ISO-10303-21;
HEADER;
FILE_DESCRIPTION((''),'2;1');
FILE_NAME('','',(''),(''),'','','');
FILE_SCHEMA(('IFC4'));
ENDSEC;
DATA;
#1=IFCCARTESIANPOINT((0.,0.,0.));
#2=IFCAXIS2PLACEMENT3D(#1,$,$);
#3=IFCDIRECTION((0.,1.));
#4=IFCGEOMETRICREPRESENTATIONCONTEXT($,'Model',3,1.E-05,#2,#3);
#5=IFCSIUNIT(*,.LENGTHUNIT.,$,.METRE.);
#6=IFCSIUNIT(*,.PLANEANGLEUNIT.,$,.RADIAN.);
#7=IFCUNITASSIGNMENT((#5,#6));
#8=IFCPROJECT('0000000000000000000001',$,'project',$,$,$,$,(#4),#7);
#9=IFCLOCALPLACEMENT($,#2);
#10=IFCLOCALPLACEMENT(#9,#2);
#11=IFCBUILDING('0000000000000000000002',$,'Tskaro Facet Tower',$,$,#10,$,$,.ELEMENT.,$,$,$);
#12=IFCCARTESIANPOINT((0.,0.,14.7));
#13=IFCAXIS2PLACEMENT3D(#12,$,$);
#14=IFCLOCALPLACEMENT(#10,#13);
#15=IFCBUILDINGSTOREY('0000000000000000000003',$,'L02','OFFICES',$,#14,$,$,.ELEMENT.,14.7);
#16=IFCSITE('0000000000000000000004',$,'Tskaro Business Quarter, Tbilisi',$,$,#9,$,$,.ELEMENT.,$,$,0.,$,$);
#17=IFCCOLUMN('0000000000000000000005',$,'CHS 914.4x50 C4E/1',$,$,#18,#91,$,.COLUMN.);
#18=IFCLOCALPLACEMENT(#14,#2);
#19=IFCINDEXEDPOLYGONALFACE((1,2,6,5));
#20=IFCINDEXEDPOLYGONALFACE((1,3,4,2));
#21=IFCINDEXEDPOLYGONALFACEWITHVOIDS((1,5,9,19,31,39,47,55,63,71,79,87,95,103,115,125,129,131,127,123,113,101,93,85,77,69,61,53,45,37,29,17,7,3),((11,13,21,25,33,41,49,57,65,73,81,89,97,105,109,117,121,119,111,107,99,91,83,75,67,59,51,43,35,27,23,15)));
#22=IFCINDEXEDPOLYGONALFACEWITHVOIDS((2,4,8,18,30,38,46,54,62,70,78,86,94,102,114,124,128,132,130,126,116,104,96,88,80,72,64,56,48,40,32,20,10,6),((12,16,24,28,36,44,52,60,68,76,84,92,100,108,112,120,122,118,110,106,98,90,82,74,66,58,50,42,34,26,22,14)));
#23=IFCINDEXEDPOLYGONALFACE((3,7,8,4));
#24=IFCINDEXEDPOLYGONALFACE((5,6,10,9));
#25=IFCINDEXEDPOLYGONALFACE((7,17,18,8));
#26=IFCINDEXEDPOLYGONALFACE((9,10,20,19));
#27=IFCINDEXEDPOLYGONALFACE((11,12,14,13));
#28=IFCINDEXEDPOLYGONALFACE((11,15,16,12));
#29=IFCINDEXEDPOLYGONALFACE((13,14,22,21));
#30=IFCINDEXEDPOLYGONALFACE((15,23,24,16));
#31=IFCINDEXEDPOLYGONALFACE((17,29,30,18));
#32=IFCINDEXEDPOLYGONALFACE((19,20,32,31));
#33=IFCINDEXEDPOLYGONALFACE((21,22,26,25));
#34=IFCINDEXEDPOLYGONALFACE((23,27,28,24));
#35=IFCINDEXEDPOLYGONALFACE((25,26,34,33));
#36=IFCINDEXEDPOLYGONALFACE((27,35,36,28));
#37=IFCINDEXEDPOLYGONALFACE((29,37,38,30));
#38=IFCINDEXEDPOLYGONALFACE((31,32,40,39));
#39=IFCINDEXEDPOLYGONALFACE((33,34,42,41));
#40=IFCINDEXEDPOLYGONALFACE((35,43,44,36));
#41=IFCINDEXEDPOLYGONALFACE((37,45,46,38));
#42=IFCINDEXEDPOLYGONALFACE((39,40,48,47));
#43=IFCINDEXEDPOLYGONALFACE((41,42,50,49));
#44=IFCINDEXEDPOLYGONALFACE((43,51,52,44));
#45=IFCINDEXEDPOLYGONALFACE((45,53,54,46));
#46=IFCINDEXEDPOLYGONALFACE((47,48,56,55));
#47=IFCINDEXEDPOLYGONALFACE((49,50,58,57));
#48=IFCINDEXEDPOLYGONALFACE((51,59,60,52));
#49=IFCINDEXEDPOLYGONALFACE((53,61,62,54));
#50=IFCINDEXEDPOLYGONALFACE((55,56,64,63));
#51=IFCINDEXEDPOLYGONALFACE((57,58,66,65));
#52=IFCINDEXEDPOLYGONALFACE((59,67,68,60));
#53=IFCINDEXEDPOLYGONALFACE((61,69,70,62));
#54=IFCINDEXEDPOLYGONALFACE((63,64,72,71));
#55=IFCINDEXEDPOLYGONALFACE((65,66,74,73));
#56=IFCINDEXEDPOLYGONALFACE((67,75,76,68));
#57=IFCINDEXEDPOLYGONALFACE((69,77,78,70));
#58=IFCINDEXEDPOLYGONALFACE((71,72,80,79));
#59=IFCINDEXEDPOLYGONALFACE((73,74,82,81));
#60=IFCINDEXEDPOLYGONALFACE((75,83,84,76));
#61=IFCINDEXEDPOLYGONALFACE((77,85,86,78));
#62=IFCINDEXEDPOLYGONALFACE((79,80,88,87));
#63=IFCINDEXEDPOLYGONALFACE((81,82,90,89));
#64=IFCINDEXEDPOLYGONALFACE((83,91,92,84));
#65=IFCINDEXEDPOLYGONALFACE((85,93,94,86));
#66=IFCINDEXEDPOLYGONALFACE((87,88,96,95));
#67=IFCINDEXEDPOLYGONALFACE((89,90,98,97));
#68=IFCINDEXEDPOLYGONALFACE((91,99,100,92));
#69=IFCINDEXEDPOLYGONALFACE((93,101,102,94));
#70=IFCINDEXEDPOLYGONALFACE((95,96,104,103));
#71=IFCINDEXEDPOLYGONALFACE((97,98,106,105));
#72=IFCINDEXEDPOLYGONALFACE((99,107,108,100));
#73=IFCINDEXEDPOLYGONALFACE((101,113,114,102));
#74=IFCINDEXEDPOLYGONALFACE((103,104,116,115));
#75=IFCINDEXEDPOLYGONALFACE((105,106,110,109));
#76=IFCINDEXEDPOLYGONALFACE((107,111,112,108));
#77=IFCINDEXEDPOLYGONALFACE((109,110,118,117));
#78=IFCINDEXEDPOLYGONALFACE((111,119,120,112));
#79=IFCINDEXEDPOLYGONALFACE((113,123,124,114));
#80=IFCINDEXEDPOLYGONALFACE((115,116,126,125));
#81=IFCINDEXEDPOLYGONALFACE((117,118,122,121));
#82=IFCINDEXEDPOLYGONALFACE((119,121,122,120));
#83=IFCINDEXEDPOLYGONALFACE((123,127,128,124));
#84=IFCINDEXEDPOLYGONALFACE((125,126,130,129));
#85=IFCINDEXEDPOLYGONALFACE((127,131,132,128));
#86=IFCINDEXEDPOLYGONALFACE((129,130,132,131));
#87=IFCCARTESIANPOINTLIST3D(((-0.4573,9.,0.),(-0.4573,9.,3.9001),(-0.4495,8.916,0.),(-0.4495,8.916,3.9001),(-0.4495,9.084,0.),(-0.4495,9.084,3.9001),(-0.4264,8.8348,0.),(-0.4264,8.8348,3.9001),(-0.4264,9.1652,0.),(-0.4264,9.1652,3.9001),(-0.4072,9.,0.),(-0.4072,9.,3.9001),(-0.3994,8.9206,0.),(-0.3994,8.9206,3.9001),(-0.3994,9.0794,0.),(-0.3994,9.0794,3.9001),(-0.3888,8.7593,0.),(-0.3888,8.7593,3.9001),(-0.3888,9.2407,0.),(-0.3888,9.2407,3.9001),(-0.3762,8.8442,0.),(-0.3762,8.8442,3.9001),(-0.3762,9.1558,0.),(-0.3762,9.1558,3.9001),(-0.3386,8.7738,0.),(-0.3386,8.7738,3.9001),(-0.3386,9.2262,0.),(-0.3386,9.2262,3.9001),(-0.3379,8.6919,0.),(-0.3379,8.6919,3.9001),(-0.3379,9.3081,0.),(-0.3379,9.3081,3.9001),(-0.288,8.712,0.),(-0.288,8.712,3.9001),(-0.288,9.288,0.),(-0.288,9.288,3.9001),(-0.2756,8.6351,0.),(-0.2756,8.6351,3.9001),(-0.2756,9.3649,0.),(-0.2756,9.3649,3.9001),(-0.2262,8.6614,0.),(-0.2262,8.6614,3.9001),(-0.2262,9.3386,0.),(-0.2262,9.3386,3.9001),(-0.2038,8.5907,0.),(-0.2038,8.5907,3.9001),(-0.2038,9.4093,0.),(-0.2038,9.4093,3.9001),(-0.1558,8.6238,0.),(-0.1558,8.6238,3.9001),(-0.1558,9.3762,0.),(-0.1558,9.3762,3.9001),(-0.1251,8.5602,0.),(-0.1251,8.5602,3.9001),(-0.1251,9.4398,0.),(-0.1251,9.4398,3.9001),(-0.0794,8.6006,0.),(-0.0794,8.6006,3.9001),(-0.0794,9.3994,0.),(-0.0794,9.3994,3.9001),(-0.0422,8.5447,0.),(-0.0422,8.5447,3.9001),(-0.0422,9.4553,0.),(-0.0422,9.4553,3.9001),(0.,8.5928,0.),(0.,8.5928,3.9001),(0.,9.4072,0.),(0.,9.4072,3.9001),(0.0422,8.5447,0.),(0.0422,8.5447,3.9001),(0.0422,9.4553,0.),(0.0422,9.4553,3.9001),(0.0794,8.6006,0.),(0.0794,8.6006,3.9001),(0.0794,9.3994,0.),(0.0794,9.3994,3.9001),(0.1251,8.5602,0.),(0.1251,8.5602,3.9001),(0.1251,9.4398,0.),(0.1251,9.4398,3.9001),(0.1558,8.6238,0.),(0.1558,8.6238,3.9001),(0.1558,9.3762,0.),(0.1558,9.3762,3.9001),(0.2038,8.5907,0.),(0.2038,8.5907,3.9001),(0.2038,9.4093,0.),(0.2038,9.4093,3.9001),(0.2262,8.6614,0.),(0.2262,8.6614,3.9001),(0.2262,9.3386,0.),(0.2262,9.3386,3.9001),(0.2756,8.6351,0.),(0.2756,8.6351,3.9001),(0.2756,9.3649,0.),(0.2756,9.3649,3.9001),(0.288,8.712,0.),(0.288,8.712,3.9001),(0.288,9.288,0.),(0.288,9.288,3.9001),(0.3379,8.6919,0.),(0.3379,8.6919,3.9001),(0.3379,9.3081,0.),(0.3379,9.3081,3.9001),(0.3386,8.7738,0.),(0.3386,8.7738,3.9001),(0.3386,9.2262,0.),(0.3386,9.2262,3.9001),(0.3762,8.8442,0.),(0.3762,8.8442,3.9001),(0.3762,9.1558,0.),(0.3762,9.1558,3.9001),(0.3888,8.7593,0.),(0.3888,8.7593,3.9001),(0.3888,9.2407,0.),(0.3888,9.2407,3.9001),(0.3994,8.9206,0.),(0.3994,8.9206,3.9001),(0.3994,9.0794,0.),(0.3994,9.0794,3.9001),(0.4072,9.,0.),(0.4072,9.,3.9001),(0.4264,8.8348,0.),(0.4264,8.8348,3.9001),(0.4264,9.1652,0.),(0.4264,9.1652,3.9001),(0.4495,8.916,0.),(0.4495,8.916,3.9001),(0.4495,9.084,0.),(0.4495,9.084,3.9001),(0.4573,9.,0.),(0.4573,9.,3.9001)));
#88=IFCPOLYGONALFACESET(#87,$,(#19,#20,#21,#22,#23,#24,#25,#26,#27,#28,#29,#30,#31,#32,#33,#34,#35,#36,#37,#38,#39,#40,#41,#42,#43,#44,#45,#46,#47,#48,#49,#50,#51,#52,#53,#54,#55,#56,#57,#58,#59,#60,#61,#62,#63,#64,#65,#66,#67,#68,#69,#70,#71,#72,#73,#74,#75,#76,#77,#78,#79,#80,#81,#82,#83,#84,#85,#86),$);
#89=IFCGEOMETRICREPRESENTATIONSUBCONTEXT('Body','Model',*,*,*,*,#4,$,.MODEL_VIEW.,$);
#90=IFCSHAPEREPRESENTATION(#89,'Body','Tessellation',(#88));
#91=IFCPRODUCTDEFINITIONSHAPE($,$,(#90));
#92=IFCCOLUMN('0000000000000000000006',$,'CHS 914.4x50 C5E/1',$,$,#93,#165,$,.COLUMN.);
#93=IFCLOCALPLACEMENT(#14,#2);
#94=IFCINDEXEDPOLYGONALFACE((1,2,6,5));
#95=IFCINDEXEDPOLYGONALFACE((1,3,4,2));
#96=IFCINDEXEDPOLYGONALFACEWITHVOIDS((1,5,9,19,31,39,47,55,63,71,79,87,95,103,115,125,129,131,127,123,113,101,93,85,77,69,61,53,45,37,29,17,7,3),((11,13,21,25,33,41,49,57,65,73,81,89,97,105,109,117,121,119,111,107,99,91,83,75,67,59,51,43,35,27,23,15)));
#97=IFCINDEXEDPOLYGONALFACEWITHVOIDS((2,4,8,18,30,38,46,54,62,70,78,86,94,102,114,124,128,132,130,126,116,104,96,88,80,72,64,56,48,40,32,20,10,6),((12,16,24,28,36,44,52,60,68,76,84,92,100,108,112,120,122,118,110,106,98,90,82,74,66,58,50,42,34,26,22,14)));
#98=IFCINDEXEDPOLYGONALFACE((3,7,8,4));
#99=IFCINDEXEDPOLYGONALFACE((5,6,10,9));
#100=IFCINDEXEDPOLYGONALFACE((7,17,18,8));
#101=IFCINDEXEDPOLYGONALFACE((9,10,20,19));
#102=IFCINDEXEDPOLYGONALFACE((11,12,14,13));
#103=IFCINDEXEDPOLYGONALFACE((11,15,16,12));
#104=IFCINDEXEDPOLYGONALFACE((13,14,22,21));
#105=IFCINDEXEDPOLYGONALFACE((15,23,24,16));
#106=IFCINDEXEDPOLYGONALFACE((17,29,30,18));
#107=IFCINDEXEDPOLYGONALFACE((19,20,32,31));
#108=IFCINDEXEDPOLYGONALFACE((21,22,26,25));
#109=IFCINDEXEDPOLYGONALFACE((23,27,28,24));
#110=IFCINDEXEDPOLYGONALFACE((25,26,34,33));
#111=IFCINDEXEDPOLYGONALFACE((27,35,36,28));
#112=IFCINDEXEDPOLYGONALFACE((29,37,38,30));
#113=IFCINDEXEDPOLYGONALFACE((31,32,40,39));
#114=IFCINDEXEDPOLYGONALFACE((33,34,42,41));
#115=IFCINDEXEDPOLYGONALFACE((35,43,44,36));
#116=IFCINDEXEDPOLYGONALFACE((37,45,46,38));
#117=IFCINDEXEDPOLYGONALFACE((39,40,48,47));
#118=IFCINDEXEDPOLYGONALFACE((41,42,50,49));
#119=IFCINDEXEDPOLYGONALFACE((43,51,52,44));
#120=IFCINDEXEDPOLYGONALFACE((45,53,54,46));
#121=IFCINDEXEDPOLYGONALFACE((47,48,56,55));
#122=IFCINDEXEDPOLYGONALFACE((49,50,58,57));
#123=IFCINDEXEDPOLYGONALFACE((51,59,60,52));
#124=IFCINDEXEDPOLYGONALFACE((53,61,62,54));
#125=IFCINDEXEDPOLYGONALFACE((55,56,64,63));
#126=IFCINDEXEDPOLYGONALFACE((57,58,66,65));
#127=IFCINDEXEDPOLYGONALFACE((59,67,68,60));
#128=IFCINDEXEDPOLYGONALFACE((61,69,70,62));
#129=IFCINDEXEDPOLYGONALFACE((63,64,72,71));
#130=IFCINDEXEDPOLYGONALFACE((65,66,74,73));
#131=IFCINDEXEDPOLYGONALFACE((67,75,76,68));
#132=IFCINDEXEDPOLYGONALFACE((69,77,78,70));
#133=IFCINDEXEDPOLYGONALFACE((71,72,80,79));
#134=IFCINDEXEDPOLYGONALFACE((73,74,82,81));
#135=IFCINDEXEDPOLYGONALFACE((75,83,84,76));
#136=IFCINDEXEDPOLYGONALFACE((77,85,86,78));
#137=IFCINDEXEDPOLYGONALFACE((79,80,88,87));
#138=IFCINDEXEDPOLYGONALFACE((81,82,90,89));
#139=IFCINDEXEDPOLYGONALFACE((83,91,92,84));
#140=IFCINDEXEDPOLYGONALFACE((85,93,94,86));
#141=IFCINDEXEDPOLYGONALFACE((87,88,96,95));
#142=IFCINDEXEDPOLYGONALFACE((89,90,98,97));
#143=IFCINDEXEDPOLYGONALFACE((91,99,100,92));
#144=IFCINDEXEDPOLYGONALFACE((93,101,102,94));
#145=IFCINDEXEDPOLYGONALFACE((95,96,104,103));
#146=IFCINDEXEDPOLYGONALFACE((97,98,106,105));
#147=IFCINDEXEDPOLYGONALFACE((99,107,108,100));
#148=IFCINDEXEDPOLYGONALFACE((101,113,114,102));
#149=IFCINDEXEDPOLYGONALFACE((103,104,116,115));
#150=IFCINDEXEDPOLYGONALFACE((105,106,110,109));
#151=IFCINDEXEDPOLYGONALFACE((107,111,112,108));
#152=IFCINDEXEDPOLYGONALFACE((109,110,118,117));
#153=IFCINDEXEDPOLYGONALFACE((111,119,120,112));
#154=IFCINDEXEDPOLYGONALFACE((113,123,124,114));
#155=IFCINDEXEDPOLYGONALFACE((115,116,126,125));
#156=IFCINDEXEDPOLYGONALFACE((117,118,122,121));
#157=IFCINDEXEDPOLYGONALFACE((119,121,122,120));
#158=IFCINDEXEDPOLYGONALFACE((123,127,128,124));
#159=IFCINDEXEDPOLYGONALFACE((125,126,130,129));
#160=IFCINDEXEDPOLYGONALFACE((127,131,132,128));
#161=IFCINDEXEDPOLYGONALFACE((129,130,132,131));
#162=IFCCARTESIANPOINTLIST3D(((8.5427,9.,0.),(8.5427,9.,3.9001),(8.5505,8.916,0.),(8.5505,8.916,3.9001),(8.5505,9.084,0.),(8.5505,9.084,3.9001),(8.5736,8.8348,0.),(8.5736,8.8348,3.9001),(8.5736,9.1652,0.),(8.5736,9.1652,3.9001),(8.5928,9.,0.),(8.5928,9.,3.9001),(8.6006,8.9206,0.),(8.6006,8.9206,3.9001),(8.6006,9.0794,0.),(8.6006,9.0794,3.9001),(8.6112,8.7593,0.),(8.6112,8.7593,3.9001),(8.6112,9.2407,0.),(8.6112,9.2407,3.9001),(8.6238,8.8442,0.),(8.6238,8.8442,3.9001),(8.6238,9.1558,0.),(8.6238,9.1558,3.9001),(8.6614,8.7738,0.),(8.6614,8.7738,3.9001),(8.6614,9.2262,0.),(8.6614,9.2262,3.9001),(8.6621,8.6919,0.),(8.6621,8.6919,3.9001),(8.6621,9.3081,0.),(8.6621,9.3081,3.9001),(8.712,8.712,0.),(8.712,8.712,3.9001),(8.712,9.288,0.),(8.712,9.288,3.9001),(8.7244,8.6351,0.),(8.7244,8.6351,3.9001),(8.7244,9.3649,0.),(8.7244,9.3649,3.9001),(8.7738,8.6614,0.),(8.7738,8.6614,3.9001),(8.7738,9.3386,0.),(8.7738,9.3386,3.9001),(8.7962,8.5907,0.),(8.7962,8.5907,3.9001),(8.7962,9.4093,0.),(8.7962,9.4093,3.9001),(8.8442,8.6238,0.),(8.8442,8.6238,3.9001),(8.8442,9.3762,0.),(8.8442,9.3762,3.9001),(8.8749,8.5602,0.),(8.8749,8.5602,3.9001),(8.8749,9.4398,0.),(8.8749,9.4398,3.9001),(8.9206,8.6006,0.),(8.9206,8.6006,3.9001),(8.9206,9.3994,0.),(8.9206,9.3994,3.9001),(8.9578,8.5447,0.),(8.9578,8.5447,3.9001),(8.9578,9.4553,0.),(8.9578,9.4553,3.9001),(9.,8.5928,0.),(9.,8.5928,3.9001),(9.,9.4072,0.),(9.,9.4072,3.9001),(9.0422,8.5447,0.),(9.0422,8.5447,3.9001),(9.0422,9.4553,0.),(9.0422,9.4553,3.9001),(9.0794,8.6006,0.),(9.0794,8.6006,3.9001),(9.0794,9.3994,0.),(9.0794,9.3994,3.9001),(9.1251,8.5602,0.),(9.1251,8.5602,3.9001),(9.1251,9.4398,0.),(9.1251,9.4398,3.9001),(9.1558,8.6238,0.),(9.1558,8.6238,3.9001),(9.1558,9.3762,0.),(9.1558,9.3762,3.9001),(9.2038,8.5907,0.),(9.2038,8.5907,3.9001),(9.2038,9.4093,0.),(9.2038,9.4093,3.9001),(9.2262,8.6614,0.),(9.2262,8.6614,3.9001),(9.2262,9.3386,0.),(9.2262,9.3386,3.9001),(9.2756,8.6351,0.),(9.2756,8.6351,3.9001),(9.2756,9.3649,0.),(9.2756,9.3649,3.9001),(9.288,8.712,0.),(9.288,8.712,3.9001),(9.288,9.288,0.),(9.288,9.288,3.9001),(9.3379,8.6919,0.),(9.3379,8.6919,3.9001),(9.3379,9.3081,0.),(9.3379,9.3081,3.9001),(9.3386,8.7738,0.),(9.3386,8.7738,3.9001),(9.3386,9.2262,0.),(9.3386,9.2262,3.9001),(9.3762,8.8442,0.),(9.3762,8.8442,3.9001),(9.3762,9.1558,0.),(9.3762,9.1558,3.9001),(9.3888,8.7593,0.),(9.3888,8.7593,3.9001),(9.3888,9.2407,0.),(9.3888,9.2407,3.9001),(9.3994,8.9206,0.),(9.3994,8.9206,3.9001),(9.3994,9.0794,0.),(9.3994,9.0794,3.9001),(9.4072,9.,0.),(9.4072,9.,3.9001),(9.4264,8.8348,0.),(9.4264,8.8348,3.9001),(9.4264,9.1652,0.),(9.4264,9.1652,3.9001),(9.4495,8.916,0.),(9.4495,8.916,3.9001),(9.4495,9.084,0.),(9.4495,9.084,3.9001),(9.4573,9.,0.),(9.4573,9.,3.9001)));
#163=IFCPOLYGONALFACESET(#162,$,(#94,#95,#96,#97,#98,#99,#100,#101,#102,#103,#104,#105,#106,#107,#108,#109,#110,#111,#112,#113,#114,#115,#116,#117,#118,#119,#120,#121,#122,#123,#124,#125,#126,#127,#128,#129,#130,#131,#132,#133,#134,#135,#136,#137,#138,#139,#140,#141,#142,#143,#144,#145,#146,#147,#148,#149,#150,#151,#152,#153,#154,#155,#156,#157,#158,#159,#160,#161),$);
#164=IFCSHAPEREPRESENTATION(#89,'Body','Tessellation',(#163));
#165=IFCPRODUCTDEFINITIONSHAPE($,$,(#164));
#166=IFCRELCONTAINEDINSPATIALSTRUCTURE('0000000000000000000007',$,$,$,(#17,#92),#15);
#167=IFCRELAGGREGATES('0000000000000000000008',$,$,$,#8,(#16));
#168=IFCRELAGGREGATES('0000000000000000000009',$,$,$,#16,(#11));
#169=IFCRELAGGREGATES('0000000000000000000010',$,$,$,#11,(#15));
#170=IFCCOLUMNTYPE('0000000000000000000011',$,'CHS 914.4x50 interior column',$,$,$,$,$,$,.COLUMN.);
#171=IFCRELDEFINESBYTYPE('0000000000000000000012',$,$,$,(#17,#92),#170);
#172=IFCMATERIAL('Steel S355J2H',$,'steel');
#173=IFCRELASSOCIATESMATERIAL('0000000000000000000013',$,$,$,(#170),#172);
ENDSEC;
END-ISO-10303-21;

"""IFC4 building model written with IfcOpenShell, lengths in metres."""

from ifc_helpers import new_model, si_unit, direction, frame, origin, origin_2d, place, context, subcontext, project, spatial, hollow_circle, extrude, material, material_profile, profile_set, type_object, element, save


model = new_model("IFC4")

# Units and contexts
model_context = context("Model", 3, precision=1e-05, world=origin(), true_north=direction((0.0, 1.0)))
body_context = subcontext(model_context, "Body", "Model", "MODEL_VIEW")
ifc_project = project(units=[si_unit("LENGTHUNIT", "METRE"), si_unit("PLANEANGLEUNIT", "RADIAN")], contexts=[model_context])

# Site, building, storey
site_placement = place(None, origin())
site = spatial("IfcSite", under=ifc_project, at=site_placement, Name="Tskaro Business Quarter, Tbilisi", CompositionType="ELEMENT", RefElevation=0.0)
building_placement = place(site_placement, origin())
building = spatial("IfcBuilding", under=site, at=building_placement, Name="Tskaro Facet Tower", CompositionType="ELEMENT")
storey_placement = place(building_placement, frame((0.0, 0.0, 14.7)))
storey = spatial("IfcBuildingStorey", under=building, at=storey_placement, Name="L02", Description="OFFICES", CompositionType="ELEMENT", Elevation=14.7)

# Columns
ifc_material_1 = material(Name="Steel S355J2H", Category="steel")
ifc_material_profile_1 = material_profile(ifc_material_1, hollow_circle(Radius=0.4573, WallThickness=0.05, at=origin_2d()), Name="CHS 914.4x50")
ifc_profile_set_1 = profile_set([ifc_material_profile_1], Name="Steel S355J2H")
column_type = type_object("IfcColumnType", Name="CHS 914.4x50 interior column", PredefinedType="COLUMN", material=ifc_profile_set_1)
for number, where, z_axis, x_axis, name in (
    (1, (0.0, 9.0, 0.0), (0.0, 0.0, 1.0), (1.0, 0.0, 0.0), "CHS 914.4x50 C4E/1"),
    (2, (9.0, 9.0, 0.0), (0.0, 0.0, 1.0), (1.0, 0.0, 0.0), "CHS 914.4x50 C5E/1"),
):
    element("IfcColumn", number, at=place(storey_placement, frame(where, z_axis=z_axis, x_axis=x_axis)), inside=storey, type_object=column_type, Name=name, PredefinedType="COLUMN", context=body_context, shape_type="SweptSolid", body=[
        extrude(hollow_circle(Radius=0.4573, WallThickness=0.05, at=origin_2d()), origin(), (0.0, 0.0, 1.0), 3.9001),
    ])

save(model, "model.ifc")
